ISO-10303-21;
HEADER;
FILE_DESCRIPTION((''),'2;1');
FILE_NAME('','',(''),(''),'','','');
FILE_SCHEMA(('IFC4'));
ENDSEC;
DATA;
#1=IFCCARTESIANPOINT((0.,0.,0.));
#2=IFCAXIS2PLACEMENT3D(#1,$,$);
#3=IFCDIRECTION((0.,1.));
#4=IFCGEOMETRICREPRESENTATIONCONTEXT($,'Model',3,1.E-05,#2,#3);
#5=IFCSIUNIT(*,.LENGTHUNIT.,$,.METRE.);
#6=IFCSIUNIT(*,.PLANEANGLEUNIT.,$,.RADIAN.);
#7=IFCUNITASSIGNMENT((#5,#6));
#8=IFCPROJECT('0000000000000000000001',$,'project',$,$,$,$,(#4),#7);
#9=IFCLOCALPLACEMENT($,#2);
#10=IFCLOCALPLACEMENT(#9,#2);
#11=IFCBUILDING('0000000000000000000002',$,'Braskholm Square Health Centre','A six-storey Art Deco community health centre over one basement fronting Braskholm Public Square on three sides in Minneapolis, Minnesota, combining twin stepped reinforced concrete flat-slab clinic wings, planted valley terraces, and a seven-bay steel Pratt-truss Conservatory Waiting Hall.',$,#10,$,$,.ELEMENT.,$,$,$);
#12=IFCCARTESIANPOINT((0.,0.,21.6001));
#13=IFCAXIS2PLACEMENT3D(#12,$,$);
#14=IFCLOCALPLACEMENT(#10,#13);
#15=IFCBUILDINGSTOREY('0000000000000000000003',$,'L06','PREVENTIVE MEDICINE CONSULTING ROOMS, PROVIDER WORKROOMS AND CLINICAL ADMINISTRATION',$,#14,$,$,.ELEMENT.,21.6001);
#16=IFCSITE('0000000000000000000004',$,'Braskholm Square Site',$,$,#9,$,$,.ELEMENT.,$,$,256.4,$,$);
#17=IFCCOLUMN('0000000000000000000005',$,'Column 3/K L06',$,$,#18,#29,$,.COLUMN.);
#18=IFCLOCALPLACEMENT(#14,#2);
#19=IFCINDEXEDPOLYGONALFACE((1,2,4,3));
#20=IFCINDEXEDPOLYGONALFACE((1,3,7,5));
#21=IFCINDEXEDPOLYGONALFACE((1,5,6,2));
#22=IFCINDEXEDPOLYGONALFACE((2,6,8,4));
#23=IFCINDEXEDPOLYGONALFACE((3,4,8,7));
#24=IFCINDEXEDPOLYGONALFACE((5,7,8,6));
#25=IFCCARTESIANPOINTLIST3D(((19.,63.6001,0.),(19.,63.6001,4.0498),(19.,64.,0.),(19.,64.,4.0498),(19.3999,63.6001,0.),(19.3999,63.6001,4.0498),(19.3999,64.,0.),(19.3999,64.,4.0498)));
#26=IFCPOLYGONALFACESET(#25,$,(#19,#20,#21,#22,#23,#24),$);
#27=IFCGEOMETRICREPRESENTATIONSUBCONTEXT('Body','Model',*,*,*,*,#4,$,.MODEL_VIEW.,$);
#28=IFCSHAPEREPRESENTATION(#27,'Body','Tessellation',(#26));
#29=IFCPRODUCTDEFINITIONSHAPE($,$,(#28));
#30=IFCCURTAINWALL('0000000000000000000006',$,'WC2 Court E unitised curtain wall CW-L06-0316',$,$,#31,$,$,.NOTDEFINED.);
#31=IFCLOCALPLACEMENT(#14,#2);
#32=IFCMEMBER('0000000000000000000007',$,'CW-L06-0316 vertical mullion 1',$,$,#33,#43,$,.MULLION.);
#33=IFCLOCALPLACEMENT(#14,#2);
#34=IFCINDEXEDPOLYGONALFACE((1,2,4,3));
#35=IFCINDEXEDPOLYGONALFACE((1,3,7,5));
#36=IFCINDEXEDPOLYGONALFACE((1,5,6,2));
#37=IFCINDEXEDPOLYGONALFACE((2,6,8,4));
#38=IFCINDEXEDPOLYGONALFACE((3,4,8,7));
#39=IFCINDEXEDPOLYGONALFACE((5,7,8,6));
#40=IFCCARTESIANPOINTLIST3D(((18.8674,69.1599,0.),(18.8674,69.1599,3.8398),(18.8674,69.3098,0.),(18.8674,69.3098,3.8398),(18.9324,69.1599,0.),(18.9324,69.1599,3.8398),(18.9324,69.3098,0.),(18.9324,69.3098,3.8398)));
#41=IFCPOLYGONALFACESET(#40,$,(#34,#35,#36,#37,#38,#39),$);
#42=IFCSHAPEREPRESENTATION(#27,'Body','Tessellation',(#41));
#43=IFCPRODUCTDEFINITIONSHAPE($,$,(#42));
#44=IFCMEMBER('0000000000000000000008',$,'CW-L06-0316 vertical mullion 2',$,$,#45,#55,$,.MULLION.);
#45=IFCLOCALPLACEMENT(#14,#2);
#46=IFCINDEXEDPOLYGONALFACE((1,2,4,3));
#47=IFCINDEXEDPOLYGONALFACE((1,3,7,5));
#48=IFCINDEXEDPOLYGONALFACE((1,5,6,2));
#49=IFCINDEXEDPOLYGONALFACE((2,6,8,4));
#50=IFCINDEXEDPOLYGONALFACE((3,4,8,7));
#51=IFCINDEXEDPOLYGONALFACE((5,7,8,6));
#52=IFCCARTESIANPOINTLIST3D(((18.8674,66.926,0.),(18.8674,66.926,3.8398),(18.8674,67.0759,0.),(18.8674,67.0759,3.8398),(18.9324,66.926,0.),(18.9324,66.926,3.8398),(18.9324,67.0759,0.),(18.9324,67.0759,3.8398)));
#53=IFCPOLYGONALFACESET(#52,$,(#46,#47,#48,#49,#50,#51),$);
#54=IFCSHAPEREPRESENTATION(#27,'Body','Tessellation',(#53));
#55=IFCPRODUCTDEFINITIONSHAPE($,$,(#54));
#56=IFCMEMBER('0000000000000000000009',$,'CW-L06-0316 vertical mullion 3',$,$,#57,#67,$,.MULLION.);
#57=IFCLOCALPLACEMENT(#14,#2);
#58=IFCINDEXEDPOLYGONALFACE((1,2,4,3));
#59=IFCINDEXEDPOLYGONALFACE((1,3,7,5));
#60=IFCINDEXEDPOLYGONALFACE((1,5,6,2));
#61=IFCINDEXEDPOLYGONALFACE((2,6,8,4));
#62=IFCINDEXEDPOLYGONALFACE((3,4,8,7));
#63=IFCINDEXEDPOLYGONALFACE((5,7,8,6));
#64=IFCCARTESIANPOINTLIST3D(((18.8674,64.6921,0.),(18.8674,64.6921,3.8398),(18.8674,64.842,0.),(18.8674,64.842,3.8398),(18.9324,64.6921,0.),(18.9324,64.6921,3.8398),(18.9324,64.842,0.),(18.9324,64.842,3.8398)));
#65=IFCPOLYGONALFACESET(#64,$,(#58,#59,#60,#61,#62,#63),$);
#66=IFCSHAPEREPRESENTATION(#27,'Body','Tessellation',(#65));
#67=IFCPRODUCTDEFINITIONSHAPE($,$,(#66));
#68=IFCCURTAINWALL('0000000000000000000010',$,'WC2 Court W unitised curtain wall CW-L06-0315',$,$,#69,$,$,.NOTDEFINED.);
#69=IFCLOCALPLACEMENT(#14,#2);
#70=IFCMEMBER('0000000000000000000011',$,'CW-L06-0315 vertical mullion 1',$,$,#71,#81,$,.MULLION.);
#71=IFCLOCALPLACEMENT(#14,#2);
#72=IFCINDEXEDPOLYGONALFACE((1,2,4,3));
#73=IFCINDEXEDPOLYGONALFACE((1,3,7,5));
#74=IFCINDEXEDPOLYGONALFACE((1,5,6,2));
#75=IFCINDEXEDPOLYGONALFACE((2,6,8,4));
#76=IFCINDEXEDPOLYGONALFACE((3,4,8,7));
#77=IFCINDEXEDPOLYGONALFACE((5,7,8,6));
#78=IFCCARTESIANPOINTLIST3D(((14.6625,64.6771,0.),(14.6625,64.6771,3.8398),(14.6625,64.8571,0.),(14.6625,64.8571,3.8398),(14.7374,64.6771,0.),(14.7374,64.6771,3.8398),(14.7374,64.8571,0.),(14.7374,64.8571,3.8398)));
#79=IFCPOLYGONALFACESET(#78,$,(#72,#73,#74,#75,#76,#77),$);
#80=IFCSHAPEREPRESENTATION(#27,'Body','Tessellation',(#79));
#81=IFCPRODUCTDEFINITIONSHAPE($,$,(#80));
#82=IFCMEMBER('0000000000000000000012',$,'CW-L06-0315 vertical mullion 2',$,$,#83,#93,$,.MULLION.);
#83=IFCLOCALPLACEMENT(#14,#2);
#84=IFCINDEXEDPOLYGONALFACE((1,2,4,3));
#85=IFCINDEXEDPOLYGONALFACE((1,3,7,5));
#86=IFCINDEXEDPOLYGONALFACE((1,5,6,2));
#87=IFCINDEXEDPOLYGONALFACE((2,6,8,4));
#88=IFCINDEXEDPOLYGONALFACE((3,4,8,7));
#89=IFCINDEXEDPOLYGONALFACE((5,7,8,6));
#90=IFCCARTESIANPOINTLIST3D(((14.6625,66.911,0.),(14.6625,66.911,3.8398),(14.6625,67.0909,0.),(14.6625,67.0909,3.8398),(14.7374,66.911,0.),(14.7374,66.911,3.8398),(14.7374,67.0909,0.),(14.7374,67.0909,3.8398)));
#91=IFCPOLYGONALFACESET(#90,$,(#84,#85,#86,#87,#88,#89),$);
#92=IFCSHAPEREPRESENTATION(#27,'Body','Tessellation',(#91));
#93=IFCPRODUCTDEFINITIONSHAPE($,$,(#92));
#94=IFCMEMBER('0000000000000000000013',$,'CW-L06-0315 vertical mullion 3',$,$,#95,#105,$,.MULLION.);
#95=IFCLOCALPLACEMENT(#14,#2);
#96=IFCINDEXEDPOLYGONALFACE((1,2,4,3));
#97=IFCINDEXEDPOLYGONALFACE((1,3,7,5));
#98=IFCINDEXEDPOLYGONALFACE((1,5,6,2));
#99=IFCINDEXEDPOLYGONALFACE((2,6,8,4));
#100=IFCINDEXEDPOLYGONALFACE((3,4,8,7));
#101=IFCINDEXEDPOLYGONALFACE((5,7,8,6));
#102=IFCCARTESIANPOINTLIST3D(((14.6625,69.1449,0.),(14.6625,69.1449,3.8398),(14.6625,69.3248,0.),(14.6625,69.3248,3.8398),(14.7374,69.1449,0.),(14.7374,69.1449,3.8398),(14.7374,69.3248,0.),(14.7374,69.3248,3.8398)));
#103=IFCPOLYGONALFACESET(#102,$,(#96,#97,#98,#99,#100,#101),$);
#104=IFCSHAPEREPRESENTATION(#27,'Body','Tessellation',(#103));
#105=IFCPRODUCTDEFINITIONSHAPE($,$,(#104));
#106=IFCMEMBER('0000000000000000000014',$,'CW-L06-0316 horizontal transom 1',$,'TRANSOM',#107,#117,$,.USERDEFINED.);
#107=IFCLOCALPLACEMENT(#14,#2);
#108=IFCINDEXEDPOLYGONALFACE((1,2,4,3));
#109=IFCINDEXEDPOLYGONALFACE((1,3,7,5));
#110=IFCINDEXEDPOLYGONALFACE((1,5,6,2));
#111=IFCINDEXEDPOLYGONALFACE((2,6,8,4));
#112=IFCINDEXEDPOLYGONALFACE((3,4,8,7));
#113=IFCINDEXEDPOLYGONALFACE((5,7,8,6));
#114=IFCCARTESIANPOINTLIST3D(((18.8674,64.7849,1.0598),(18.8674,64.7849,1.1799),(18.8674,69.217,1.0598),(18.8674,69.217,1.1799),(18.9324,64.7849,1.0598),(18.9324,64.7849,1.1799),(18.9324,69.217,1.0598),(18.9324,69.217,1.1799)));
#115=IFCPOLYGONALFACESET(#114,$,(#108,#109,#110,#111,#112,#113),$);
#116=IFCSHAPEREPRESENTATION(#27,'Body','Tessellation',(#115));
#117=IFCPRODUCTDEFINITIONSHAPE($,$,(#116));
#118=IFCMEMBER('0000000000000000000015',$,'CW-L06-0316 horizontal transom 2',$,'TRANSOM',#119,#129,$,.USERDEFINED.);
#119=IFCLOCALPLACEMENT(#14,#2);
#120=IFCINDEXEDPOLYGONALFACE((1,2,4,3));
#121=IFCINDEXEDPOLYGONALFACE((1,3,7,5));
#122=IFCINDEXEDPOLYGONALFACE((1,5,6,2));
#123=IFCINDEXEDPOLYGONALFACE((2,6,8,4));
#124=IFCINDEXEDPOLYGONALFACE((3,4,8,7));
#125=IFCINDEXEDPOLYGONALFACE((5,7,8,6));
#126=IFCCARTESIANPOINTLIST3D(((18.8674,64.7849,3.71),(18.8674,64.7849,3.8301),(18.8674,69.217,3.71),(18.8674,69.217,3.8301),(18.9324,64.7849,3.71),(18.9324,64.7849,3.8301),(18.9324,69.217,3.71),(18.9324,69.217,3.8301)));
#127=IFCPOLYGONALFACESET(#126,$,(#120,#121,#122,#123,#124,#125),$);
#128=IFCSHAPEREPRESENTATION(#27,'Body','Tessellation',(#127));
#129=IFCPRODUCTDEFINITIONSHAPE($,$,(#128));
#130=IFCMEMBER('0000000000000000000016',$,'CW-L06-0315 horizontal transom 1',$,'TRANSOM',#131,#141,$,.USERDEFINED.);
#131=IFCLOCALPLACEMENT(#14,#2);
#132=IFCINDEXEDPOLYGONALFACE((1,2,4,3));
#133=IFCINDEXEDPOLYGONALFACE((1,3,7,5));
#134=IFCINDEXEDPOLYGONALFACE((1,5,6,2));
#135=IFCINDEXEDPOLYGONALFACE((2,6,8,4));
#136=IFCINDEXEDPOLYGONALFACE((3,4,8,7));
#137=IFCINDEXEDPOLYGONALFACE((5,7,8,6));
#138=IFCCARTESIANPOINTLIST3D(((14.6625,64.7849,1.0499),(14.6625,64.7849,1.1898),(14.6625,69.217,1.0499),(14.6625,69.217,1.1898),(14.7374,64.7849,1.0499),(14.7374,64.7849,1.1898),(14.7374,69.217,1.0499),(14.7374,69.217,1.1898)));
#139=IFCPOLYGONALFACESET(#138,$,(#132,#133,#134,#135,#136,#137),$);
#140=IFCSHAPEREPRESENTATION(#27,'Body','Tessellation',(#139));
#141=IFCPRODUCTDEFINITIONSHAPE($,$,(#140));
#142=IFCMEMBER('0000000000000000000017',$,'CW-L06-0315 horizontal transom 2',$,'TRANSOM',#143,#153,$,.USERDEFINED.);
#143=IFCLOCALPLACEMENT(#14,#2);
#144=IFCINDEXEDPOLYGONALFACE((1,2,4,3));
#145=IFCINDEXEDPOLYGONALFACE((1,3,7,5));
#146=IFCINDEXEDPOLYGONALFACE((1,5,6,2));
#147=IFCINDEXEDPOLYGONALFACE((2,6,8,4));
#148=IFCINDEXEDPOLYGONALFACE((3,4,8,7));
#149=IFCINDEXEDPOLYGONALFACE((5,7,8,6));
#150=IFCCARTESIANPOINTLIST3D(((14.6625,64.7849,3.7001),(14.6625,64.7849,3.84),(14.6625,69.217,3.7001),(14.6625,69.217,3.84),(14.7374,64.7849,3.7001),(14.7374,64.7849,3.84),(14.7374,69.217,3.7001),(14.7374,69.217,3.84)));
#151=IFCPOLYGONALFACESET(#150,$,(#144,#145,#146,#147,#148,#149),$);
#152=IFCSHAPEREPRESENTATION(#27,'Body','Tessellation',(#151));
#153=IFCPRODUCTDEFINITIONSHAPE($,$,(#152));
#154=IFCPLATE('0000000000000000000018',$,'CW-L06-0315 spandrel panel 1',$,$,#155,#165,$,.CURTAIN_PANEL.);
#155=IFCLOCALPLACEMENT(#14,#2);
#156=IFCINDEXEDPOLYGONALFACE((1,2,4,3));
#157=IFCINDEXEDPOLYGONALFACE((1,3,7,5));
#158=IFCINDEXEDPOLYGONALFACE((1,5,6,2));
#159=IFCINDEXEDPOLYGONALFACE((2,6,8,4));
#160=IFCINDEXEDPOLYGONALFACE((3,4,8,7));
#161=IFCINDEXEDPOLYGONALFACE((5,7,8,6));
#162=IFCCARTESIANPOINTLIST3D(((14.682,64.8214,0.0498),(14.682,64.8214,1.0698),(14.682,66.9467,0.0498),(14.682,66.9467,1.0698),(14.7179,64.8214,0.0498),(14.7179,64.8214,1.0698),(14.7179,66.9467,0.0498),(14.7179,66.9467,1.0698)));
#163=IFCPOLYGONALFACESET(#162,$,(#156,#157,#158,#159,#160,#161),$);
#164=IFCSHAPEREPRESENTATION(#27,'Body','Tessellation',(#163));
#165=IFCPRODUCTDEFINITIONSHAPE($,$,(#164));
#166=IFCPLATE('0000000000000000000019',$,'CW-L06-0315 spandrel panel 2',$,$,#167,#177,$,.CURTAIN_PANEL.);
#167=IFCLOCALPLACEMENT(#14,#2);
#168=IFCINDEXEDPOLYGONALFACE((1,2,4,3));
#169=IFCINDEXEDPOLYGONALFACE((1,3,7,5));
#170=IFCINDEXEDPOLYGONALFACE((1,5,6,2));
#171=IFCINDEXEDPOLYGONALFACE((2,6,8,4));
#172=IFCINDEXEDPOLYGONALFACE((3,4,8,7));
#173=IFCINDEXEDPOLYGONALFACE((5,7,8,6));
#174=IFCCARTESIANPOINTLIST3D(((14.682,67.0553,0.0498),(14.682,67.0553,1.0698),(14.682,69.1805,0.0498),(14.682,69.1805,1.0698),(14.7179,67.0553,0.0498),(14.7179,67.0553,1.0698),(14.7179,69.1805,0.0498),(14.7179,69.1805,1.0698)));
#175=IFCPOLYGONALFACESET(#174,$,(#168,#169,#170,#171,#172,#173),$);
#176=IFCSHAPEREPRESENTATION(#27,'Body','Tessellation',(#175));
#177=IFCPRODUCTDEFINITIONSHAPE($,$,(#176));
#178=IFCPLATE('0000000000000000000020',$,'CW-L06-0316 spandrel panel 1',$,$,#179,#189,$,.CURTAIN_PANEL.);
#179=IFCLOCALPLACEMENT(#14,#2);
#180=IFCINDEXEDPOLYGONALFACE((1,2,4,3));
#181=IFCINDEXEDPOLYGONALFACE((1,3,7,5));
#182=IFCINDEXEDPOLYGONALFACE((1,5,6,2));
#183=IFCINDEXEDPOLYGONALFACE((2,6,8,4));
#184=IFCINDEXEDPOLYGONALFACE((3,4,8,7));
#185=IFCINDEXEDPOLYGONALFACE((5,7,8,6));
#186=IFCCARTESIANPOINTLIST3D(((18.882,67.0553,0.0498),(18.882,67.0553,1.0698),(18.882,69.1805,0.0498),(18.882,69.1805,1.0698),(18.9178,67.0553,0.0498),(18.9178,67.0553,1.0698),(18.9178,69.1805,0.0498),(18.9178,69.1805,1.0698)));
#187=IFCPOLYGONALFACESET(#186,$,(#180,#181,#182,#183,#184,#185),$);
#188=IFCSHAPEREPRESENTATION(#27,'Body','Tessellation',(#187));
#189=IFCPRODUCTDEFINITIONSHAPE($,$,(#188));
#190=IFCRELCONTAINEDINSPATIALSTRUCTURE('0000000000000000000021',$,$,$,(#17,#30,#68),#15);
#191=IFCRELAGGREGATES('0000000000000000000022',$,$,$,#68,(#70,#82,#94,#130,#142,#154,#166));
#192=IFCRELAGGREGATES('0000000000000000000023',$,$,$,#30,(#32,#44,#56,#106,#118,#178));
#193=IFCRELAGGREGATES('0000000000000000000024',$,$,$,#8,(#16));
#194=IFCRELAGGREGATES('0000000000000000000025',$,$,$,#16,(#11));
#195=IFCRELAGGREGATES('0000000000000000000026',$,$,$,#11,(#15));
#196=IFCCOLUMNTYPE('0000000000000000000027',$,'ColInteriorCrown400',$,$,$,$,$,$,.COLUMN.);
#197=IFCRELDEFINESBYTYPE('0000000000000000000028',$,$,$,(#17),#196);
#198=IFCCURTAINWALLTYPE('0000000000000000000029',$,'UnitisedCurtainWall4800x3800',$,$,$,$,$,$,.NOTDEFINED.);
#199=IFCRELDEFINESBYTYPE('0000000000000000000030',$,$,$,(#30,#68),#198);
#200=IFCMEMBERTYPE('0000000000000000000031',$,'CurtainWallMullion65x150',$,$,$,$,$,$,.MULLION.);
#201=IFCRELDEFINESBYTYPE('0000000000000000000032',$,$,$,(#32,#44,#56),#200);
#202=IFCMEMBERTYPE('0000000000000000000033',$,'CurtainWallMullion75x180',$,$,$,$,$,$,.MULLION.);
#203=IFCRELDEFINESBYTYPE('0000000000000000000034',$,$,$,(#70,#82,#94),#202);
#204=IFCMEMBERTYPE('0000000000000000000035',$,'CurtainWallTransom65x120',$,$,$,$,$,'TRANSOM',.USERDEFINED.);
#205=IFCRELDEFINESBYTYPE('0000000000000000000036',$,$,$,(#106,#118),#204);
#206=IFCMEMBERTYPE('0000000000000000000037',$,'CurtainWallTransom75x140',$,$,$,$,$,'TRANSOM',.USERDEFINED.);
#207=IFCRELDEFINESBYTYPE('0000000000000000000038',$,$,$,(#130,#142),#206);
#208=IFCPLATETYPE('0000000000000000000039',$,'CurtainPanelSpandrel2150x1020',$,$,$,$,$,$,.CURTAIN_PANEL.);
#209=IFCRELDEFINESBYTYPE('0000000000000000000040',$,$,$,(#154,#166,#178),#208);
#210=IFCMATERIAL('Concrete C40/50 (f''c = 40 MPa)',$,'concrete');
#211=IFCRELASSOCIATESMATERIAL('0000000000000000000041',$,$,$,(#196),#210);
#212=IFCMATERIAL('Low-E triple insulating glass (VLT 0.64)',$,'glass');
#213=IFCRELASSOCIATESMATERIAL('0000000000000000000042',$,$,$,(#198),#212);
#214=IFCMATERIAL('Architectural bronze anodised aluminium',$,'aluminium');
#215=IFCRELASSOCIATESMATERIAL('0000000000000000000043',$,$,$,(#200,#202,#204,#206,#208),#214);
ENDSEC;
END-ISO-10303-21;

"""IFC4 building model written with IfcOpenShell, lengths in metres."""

from ifc_helpers import new_model, si_unit, direction, frame, origin, origin_2d, place, context, subcontext, project, spatial, rectangle, extrude, material, material_profile, profile_set, type_object, element, aggregate, save


model = new_model("IFC4")

# Units and contexts
model_context = context("Model", 3, precision=1e-05, world=origin(), true_north=direction((0.0, 1.0)))
body_context = subcontext(model_context, "Body", "Model", "MODEL_VIEW")
ifc_project = project(units=[si_unit("LENGTHUNIT", "METRE"), si_unit("PLANEANGLEUNIT", "RADIAN")], contexts=[model_context])

# Site, building, storey
site_placement = place(None, origin())
site = spatial("IfcSite", under=ifc_project, at=site_placement, Name="Braskholm Square Site", CompositionType="ELEMENT", RefElevation=256.4)
building_placement = place(site_placement, origin())
building = spatial("IfcBuilding", under=site, at=building_placement, Name="Braskholm Square Health Centre", Description="A six-storey Art Deco community health centre over one basement fronting Braskholm Public Square on three sides in Minneapolis, Minnesota, combining twin stepped reinforced concrete flat-slab clinic wings, planted valley terraces, and a seven-bay steel Pratt-truss Conservatory Waiting Hall.", CompositionType="ELEMENT")
storey_placement = place(building_placement, frame((0.0, 0.0, 21.6001)))
storey = spatial("IfcBuildingStorey", under=building, at=storey_placement, Name="L06", Description="PREVENTIVE MEDICINE CONSULTING ROOMS, PROVIDER WORKROOMS AND CLINICAL ADMINISTRATION", CompositionType="ELEMENT", Elevation=21.6001)

# Column
ifc_material_1 = material(Name="Concrete C40/50 (f'c = 40 MPa)", Category="concrete")
ifc_material_profile_1 = material_profile(ifc_material_1, rectangle(XDim=0.3999, YDim=0.3999, at=origin_2d()), Name="RC-400X400")
ifc_profile_set_1 = profile_set([ifc_material_profile_1], Name="Concrete C40/50 (f'c = 40 MPa)")
column_type = type_object("IfcColumnType", Name="ColInteriorCrown400", PredefinedType="COLUMN", material=ifc_profile_set_1)
column_placement = place(storey_placement, frame((19.2, 63.8, 0.0), z_axis=(0.0, 0.0, 1.0), x_axis=(1.0, 0.0, 0.0)))
element("IfcColumn", 1, at=column_placement, inside=storey, type_object=column_type, Name="Column 3/K L06", PredefinedType="COLUMN", context=body_context, shape_type="SweptSolid", body=[
    extrude(rectangle(XDim=0.3999, YDim=0.3999, at=origin_2d()), origin(), (0.0, 0.0, 1.0), 4.0498),
])

# Curtain walls, members
ifc_material_2 = material(Name="Low-E triple insulating glass (VLT 0.64)", Category="glass")
curtain_wall_type = type_object("IfcCurtainWallType", Name="UnitisedCurtainWall4800x3800", PredefinedType="NOTDEFINED", material=ifc_material_2)
curtain_wall_1_placement = place(storey_placement, origin())
curtain_wall_1 = element("IfcCurtainWall", 2, at=curtain_wall_1_placement, inside=storey, type_object=curtain_wall_type, Name="WC2 Court E unitised curtain wall CW-L06-0316", PredefinedType="NOTDEFINED")
ifc_material_3 = material(Name="Architectural bronze anodised aluminium", Category="aluminium")
ifc_material_profile_2 = material_profile(ifc_material_3, rectangle(XDim=0.0649, YDim=0.1499, at=origin_2d()), Name="ALU-65X150")
ifc_profile_set_2 = profile_set([ifc_material_profile_2], Name="Architectural bronze anodised aluminium")
member_type_1 = type_object("IfcMemberType", Name="CurtainWallMullion65x150", PredefinedType="MULLION", material=ifc_profile_set_2)
member_1_placement = place(storey_placement, frame((18.8999, 69.2349, 0.0), z_axis=(0.0, 0.0, 1.0), x_axis=(1.0, 0.0, 0.0)))
member_1 = element("IfcMember", 3, at=member_1_placement, type_object=member_type_1, Name="CW-L06-0316 vertical mullion 1", PredefinedType="MULLION", context=body_context, shape_type="SweptSolid", body=[
    extrude(rectangle(XDim=0.0649, YDim=0.1499, at=origin_2d()), origin(), (0.0, 0.0, 1.0), 3.8398),
])
member_2_placement = place(storey_placement, frame((18.8999, 67.001, 0.0), z_axis=(0.0, 0.0, 1.0), x_axis=(1.0, 0.0, 0.0)))
member_2 = element("IfcMember", 4, at=member_2_placement, type_object=member_type_1, Name="CW-L06-0316 vertical mullion 2", PredefinedType="MULLION", context=body_context, shape_type="SweptSolid", body=[
    extrude(rectangle(XDim=0.0649, YDim=0.1499, at=origin_2d()), origin(), (0.0, 0.0, 1.0), 3.8398),
])
member_3_placement = place(storey_placement, frame((18.8999, 64.7671, 0.0), z_axis=(0.0, 0.0, 1.0), x_axis=(1.0, 0.0, 0.0)))
member_3 = element("IfcMember", 5, at=member_3_placement, type_object=member_type_1, Name="CW-L06-0316 vertical mullion 3", PredefinedType="MULLION", context=body_context, shape_type="SweptSolid", body=[
    extrude(rectangle(XDim=0.0649, YDim=0.1499, at=origin_2d()), origin(), (0.0, 0.0, 1.0), 3.8398),
])
curtain_wall_2_placement = place(storey_placement, origin())
curtain_wall_2 = element("IfcCurtainWall", 6, at=curtain_wall_2_placement, inside=storey, type_object=curtain_wall_type, Name="WC2 Court W unitised curtain wall CW-L06-0315", PredefinedType="NOTDEFINED")
ifc_material_profile_3 = material_profile(ifc_material_3, rectangle(XDim=0.075, YDim=0.1799, at=origin_2d()), Name="ALU-75X180")
ifc_profile_set_3 = profile_set([ifc_material_profile_3], Name="Architectural bronze anodised aluminium")
member_type_2 = type_object("IfcMemberType", Name="CurtainWallMullion75x180", PredefinedType="MULLION", material=ifc_profile_set_3)
member_4_placement = place(storey_placement, frame((14.7, 64.7671, 0.0), z_axis=(0.0, 0.0, 1.0), x_axis=(1.0, 0.0, 0.0)))
member_4 = element("IfcMember", 7, at=member_4_placement, type_object=member_type_2, Name="CW-L06-0315 vertical mullion 1", PredefinedType="MULLION", context=body_context, shape_type="SweptSolid", body=[
    extrude(rectangle(XDim=0.075, YDim=0.1799, at=origin_2d()), origin(), (0.0, 0.0, 1.0), 3.8398),
])
member_5_placement = place(storey_placement, frame((14.7, 67.001, 0.0), z_axis=(0.0, 0.0, 1.0), x_axis=(1.0, 0.0, 0.0)))
member_5 = element("IfcMember", 8, at=member_5_placement, type_object=member_type_2, Name="CW-L06-0315 vertical mullion 2", PredefinedType="MULLION", context=body_context, shape_type="SweptSolid", body=[
    extrude(rectangle(XDim=0.075, YDim=0.1799, at=origin_2d()), origin(), (0.0, 0.0, 1.0), 3.8398),
])
member_6_placement = place(storey_placement, frame((14.7, 69.2349, 0.0), z_axis=(0.0, 0.0, 1.0), x_axis=(1.0, 0.0, 0.0)))
member_6 = element("IfcMember", 9, at=member_6_placement, type_object=member_type_2, Name="CW-L06-0315 vertical mullion 3", PredefinedType="MULLION", context=body_context, shape_type="SweptSolid", body=[
    extrude(rectangle(XDim=0.075, YDim=0.1799, at=origin_2d()), origin(), (0.0, 0.0, 1.0), 3.8398),
])

# Members
ifc_material_profile_4 = material_profile(ifc_material_3, rectangle(XDim=0.0649, YDim=0.1201, at=origin_2d()), Name="ALU-65X120")
ifc_profile_set_4 = profile_set([ifc_material_profile_4], Name="Architectural bronze anodised aluminium")
member_type_3 = type_object("IfcMemberType", Name="CurtainWallTransom65x120", ElementType="TRANSOM", PredefinedType="USERDEFINED", material=ifc_profile_set_4)
member_7_placement = place(storey_placement, frame((18.8999, 69.217, 1.1199), z_axis=(0.0, -1.0, 0.0), x_axis=(1.0, 0.0, 0.0)))
member_7 = element("IfcMember", 10, at=member_7_placement, type_object=member_type_3, Name="CW-L06-0316 horizontal transom 1", ObjectType="TRANSOM", PredefinedType="USERDEFINED", context=body_context, shape_type="SweptSolid", body=[
    extrude(rectangle(XDim=0.0649, YDim=0.1201, at=origin_2d()), origin(), (0.0, 0.0, 1.0), 4.4321),
])
member_8_placement = place(storey_placement, frame((18.8999, 69.217, 3.77), z_axis=(0.0, -1.0, 0.0), x_axis=(1.0, 0.0, 0.0)))
member_8 = element("IfcMember", 11, at=member_8_placement, type_object=member_type_3, Name="CW-L06-0316 horizontal transom 2", ObjectType="TRANSOM", PredefinedType="USERDEFINED", context=body_context, shape_type="SweptSolid", body=[
    extrude(rectangle(XDim=0.0649, YDim=0.1201, at=origin_2d()), origin(), (0.0, 0.0, 1.0), 4.4321),
])
ifc_material_profile_5 = material_profile(ifc_material_3, rectangle(XDim=0.075, YDim=0.1399, at=origin_2d()), Name="ALU-75X140")
ifc_profile_set_5 = profile_set([ifc_material_profile_5], Name="Architectural bronze anodised aluminium")
member_type_4 = type_object("IfcMemberType", Name="CurtainWallTransom75x140", ElementType="TRANSOM", PredefinedType="USERDEFINED", material=ifc_profile_set_5)
member_9_placement = place(storey_placement, frame((14.7, 64.7849, 1.1199), z_axis=(0.0, 1.0, 0.0), x_axis=(-1.0, 0.0, 0.0)))
member_9 = element("IfcMember", 12, at=member_9_placement, type_object=member_type_4, Name="CW-L06-0315 horizontal transom 1", ObjectType="TRANSOM", PredefinedType="USERDEFINED", context=body_context, shape_type="SweptSolid", body=[
    extrude(rectangle(XDim=0.075, YDim=0.1399, at=origin_2d()), origin(), (0.0, 0.0, 1.0), 4.4321),
])
member_10_placement = place(storey_placement, frame((14.7, 64.7849, 3.77), z_axis=(0.0, 1.0, 0.0), x_axis=(-1.0, 0.0, 0.0)))
member_10 = element("IfcMember", 13, at=member_10_placement, type_object=member_type_4, Name="CW-L06-0315 horizontal transom 2", ObjectType="TRANSOM", PredefinedType="USERDEFINED", context=body_context, shape_type="SweptSolid", body=[
    extrude(rectangle(XDim=0.075, YDim=0.1399, at=origin_2d()), origin(), (0.0, 0.0, 1.0), 4.4321),
])

# Plates
plate_type_1 = type_object("IfcPlateType", Name="CurtainPanelSpandrel2150x1020", PredefinedType="CURTAIN_PANEL", material=ifc_material_3)
plate_1_placement = place(storey_placement, frame((14.7, 65.884, 0.0498), z_axis=(0.0, 0.0, 1.0), x_axis=(0.0, 1.0, 0.0)))
plate_1 = element("IfcPlate", 14, at=plate_1_placement, type_object=plate_type_1, Name="CW-L06-0315 spandrel panel 1", PredefinedType="CURTAIN_PANEL", context=body_context, shape_type="SweptSolid", body=[
    extrude(rectangle(XDim=2.1252, YDim=0.0359, at=origin_2d()), origin(), (0.0, 0.0, 1.0), 1.02),
])
plate_2_placement = place(storey_placement, frame((14.7, 68.1179, 0.0498), z_axis=(0.0, 0.0, 1.0), x_axis=(0.0, 1.0, 0.0)))
plate_2 = element("IfcPlate", 15, at=plate_2_placement, type_object=plate_type_1, Name="CW-L06-0315 spandrel panel 2", PredefinedType="CURTAIN_PANEL", context=body_context, shape_type="SweptSolid", body=[
    extrude(rectangle(XDim=2.1252, YDim=0.0359, at=origin_2d()), origin(), (0.0, 0.0, 1.0), 1.02),
])
plate_3_placement = place(storey_placement, frame((18.8999, 68.1179, 0.0498), z_axis=(0.0, 0.0, 1.0), x_axis=(0.0, -1.0, 0.0)))
plate_3 = element("IfcPlate", 16, at=plate_3_placement, type_object=plate_type_1, Name="CW-L06-0316 spandrel panel 1", PredefinedType="CURTAIN_PANEL", context=body_context, shape_type="SweptSolid", body=[
    extrude(rectangle(XDim=2.1252, YDim=0.0359, at=origin_2d()), origin(), (0.0, 0.0, 1.0), 1.02),
])
aggregate(curtain_wall_2, [member_4, member_5, member_6, member_9, member_10, plate_1, plate_2])
aggregate(curtain_wall_1, [member_1, member_2, member_3, member_7, member_8, plate_3])

save(model, "model.ifc")
